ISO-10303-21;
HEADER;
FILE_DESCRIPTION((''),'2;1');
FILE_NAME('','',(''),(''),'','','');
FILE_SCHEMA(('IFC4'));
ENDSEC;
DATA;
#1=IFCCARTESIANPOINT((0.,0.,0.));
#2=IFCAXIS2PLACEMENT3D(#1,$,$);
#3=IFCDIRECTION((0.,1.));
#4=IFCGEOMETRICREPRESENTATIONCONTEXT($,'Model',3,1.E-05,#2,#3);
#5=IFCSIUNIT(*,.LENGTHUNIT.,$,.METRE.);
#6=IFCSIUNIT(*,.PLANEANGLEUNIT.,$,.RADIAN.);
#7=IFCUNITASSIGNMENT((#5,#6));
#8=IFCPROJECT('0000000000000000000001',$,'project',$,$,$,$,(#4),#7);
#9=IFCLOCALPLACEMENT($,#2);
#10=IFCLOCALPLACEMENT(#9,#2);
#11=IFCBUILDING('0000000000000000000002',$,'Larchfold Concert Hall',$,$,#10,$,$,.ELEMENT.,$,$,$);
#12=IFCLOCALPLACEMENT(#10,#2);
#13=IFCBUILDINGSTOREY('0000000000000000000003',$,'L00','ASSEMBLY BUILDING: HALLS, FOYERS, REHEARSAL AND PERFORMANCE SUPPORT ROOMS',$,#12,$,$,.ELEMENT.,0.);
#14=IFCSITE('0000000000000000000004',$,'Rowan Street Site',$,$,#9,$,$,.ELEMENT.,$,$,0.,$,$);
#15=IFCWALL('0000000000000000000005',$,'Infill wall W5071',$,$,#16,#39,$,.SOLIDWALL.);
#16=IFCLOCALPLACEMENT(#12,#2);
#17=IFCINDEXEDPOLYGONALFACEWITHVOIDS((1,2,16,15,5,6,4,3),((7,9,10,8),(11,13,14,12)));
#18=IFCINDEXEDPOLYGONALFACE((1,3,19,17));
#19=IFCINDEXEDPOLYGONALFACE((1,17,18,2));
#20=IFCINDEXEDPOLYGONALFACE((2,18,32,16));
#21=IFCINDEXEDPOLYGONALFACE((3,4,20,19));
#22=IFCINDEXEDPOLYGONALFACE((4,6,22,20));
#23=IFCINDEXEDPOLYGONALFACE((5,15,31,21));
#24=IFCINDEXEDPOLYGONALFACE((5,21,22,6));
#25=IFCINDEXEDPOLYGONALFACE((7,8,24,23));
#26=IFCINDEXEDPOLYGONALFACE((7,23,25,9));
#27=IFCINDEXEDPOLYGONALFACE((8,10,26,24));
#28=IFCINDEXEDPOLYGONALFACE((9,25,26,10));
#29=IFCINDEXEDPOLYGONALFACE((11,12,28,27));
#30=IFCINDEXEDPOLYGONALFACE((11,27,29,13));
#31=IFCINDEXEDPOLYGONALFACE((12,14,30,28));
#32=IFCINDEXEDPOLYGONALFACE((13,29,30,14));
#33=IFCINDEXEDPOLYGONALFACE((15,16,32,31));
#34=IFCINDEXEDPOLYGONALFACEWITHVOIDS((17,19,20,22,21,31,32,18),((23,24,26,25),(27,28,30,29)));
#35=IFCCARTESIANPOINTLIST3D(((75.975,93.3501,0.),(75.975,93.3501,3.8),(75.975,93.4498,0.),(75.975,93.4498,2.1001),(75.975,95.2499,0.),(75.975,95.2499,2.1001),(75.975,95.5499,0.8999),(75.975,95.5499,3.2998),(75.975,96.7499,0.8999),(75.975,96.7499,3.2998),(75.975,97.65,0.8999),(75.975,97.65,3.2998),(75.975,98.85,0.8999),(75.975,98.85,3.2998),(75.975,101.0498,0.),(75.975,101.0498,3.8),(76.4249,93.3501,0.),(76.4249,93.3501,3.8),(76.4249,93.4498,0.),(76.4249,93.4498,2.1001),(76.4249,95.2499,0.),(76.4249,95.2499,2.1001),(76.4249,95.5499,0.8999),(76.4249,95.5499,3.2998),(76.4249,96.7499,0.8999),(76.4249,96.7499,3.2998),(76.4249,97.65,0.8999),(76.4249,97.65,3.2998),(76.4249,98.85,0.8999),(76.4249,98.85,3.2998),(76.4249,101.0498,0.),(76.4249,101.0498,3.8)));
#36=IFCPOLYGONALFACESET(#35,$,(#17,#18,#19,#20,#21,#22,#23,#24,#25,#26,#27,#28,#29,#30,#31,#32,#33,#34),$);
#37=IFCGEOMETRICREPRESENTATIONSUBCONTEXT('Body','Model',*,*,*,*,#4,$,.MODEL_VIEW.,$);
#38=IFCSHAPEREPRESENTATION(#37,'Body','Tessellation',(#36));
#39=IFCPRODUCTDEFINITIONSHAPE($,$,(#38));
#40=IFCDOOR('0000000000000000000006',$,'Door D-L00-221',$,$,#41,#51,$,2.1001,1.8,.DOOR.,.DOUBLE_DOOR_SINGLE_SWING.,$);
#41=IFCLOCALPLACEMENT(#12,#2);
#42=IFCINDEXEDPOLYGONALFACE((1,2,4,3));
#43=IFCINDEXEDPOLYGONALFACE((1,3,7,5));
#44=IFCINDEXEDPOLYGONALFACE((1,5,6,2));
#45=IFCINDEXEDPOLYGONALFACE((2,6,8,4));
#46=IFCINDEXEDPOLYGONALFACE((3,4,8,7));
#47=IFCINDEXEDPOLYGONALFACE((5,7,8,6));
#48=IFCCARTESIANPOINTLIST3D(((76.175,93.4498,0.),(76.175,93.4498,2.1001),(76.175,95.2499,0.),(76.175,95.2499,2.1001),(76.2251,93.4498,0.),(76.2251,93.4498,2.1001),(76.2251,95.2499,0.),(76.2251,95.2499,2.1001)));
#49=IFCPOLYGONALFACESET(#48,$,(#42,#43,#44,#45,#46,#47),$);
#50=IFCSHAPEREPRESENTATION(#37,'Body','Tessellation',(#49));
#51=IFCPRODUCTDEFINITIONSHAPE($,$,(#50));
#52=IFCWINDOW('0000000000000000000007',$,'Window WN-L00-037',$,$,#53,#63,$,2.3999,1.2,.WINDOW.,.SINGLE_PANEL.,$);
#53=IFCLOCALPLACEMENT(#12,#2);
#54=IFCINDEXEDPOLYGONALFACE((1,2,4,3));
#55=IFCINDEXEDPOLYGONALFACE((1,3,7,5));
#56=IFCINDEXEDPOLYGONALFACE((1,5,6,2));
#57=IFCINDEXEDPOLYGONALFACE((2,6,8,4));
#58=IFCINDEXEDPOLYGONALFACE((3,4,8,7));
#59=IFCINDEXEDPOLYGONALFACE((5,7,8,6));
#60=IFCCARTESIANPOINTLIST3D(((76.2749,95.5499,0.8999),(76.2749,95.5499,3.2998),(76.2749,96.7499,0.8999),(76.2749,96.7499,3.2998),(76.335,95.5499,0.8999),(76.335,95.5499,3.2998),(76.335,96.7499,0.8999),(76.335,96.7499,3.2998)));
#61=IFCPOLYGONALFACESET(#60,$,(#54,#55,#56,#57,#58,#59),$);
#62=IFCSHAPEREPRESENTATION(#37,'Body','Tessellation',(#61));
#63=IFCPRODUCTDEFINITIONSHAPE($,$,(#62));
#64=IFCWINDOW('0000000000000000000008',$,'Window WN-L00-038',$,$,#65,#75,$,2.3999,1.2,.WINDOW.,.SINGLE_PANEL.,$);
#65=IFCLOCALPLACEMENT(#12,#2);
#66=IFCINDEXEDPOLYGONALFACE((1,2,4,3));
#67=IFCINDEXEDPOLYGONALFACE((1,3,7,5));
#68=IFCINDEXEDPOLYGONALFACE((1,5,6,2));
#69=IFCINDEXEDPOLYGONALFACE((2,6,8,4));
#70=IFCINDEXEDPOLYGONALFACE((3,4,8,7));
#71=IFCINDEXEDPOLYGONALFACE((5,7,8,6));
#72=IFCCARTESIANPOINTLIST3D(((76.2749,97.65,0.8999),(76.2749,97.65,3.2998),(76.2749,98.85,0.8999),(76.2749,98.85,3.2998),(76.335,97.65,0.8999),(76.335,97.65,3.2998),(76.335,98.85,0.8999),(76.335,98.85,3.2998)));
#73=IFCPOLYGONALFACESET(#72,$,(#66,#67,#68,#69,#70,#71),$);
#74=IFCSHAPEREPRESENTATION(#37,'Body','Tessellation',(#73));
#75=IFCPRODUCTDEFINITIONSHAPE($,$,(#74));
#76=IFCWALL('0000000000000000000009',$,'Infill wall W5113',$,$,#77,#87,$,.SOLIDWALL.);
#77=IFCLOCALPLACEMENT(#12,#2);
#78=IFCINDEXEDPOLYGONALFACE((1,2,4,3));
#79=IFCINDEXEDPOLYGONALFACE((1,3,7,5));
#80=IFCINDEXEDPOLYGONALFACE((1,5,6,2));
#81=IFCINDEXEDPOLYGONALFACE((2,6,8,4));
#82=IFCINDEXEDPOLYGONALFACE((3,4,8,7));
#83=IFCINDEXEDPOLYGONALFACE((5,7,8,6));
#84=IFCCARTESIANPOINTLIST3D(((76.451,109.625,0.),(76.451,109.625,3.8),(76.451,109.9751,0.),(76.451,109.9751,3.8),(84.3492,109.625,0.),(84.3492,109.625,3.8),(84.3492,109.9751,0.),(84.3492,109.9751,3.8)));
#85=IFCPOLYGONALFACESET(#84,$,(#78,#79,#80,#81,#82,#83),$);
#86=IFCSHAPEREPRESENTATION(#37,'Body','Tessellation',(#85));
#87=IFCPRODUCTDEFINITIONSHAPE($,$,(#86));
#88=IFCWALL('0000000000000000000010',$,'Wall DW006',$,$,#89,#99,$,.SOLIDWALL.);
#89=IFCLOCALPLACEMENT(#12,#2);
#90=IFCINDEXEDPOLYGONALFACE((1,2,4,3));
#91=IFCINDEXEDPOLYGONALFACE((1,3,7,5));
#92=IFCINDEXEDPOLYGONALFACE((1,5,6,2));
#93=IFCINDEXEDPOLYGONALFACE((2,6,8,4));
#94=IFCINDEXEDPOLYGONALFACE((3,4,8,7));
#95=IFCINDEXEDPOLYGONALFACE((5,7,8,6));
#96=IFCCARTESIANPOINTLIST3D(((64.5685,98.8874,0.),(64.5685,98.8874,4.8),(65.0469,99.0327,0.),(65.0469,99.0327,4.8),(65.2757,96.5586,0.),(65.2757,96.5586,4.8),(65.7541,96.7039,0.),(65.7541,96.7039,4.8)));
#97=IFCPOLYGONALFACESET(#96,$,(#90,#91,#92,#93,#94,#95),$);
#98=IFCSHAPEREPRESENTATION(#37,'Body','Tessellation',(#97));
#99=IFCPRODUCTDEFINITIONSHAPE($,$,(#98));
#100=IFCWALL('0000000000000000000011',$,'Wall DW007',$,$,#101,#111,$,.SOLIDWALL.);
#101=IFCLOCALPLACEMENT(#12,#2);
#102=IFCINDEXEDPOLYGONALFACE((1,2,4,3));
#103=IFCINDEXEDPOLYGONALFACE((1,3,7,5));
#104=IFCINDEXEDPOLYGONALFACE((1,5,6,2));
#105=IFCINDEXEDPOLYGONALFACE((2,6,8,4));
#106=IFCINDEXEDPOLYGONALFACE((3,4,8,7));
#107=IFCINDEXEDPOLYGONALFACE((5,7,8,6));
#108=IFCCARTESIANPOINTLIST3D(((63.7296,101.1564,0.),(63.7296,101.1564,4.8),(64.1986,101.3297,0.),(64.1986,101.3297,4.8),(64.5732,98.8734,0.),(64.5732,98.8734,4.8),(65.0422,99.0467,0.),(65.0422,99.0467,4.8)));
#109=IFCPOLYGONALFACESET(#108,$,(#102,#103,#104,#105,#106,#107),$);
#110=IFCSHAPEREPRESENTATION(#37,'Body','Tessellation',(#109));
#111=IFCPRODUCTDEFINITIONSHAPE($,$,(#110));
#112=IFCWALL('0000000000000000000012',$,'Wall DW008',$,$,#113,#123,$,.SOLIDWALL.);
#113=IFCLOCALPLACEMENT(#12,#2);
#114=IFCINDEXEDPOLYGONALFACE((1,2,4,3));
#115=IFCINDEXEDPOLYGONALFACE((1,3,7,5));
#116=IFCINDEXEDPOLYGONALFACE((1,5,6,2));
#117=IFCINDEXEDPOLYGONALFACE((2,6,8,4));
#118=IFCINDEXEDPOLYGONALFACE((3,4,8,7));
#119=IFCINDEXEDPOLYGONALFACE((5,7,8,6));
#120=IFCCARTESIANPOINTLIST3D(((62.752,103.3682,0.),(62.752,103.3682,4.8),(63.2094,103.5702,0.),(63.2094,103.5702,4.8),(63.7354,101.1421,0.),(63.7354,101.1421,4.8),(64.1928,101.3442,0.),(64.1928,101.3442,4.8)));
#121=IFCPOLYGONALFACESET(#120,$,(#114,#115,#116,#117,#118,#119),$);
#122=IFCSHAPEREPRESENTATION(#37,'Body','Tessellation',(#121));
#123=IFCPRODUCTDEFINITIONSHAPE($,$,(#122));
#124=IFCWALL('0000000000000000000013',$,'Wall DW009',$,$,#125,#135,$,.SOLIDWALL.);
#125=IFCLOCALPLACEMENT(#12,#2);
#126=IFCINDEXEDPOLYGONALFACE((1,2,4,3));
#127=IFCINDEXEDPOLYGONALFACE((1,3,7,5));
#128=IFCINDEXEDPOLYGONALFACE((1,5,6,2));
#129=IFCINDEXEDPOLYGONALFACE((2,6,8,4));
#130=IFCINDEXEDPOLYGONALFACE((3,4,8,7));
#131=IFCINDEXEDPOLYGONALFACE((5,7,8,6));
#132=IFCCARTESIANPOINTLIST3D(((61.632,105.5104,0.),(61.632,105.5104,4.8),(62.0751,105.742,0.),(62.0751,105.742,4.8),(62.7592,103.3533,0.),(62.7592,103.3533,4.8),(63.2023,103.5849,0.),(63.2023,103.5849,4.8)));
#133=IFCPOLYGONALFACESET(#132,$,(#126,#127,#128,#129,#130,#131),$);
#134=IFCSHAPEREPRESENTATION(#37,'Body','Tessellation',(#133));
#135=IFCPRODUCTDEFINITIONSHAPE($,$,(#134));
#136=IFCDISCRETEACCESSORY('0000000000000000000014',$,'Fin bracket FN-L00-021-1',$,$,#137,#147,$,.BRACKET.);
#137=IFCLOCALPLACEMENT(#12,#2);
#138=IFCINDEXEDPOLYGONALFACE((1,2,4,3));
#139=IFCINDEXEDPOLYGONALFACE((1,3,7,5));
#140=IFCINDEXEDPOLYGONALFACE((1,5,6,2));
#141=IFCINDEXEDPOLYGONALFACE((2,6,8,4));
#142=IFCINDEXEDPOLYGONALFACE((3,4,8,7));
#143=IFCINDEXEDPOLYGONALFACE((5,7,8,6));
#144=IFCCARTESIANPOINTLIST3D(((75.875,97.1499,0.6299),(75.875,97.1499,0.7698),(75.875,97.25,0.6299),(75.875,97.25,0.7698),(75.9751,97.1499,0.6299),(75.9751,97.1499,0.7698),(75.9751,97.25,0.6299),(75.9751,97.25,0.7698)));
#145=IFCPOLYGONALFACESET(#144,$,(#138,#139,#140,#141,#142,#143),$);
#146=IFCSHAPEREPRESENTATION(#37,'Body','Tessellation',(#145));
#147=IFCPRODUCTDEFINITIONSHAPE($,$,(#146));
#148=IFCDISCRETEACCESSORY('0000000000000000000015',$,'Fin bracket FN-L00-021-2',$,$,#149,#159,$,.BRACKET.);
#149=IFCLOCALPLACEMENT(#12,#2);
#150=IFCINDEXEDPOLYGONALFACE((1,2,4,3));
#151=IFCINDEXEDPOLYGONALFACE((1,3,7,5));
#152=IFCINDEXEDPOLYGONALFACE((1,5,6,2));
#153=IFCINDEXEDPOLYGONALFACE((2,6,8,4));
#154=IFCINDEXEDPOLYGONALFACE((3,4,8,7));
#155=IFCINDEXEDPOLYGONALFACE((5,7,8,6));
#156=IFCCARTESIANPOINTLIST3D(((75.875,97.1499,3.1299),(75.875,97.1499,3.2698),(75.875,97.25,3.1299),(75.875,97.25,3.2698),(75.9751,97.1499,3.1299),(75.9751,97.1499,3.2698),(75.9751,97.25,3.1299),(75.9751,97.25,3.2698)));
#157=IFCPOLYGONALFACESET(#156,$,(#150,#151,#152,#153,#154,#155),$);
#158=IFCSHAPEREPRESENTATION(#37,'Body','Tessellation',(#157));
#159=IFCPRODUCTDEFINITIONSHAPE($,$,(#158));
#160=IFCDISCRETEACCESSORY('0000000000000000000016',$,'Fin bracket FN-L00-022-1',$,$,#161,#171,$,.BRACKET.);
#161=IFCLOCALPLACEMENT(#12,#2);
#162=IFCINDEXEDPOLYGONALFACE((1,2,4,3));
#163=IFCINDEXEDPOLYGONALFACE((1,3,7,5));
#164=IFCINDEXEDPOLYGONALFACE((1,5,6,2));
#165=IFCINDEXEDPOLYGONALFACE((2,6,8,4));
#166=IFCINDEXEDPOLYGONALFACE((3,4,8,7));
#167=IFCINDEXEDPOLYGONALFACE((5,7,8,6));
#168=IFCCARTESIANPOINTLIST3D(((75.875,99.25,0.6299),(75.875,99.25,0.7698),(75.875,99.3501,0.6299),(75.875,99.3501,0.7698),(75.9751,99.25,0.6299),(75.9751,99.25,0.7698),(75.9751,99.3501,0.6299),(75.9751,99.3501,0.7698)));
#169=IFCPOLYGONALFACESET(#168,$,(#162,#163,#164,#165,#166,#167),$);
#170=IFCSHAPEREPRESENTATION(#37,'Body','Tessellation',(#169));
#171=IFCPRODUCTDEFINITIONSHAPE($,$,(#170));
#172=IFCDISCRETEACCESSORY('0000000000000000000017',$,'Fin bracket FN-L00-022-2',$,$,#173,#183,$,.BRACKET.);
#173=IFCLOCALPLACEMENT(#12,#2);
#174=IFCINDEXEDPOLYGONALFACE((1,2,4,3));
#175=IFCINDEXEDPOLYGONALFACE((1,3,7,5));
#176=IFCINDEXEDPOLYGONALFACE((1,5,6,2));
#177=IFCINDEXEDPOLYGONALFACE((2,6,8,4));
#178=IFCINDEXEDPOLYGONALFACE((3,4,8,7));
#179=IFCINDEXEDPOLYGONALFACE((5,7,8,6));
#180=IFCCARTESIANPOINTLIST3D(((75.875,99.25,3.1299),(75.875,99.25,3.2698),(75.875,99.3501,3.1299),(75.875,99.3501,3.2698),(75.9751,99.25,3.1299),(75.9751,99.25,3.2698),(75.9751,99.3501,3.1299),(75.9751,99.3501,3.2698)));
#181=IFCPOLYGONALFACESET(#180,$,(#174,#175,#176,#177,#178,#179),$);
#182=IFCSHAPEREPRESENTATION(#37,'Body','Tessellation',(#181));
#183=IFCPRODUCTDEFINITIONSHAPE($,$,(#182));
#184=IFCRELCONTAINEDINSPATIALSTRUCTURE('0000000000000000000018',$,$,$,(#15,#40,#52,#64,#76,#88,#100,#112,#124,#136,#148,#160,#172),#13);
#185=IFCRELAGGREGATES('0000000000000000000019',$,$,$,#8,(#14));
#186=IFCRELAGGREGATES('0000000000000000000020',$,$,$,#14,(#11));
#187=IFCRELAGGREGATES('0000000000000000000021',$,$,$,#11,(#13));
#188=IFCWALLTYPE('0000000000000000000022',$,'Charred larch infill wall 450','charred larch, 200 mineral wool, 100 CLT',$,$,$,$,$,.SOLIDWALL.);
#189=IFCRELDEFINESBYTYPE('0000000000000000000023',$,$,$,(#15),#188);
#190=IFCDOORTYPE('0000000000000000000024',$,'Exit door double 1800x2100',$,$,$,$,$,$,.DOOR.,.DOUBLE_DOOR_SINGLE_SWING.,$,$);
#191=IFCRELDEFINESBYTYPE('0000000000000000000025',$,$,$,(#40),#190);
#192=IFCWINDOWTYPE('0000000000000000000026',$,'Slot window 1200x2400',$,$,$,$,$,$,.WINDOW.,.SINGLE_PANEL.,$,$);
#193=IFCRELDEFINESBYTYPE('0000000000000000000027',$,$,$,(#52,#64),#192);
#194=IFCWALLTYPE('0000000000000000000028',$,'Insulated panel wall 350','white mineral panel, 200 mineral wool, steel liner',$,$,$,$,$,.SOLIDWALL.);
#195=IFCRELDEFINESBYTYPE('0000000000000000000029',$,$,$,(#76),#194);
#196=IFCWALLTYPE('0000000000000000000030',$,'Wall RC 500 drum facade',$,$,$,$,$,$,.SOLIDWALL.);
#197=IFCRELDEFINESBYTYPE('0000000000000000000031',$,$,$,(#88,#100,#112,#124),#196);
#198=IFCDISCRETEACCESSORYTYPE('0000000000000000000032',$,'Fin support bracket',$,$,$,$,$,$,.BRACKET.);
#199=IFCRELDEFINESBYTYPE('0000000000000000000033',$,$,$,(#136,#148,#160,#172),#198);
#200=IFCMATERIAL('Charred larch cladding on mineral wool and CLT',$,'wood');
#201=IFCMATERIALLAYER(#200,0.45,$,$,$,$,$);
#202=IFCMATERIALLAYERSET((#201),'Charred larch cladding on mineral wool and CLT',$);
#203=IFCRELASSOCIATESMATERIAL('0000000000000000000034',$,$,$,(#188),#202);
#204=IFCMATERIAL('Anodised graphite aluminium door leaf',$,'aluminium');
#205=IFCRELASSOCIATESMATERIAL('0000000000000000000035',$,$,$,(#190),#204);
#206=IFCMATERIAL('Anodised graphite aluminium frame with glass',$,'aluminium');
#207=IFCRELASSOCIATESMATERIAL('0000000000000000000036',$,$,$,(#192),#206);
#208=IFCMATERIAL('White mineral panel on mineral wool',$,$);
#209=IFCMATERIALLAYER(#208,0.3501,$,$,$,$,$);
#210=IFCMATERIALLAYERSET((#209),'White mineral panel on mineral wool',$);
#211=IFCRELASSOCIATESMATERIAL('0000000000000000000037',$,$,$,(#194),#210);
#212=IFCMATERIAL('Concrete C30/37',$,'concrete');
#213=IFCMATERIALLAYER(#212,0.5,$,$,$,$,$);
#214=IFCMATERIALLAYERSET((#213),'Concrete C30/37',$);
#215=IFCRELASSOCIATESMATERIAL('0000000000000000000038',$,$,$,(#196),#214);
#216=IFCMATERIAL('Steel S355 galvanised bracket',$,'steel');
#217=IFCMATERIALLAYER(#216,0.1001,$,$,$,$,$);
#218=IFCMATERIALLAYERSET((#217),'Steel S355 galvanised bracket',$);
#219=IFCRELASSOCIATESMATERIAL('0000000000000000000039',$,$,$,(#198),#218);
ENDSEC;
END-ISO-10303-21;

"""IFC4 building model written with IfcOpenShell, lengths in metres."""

from ifc_helpers import new_model, si_unit, direction, frame, frame_2d, origin, origin_2d, place, context, subcontext, project, spatial, rectangle, extrude, material, layer, layer_set, type_object, element, fill, save


model = new_model("IFC4")

# Units and contexts
model_context = context("Model", 3, precision=1e-05, world=origin(), true_north=direction((0.0, 1.0)))
body_context = subcontext(model_context, "Body", "Model", "MODEL_VIEW")
ifc_project = project(units=[si_unit("LENGTHUNIT", "METRE"), si_unit("PLANEANGLEUNIT", "RADIAN")], contexts=[model_context])

# Site, building, storey
site_placement = place(None, origin())
site = spatial("IfcSite", under=ifc_project, at=site_placement, Name="Rowan Street Site", CompositionType="ELEMENT", RefElevation=0.0)
building_placement = place(site_placement, origin())
building = spatial("IfcBuilding", under=site, at=building_placement, Name="Larchfold Concert Hall", CompositionType="ELEMENT")
storey_placement = place(building_placement, origin())
storey = spatial("IfcBuildingStorey", under=building, at=storey_placement, Name="L00", Description="ASSEMBLY BUILDING: HALLS, FOYERS, REHEARSAL AND PERFORMANCE SUPPORT ROOMS", CompositionType="ELEMENT", Elevation=0.0)

# Wall, openings, door, windows
ifc_material_1 = material(Name="Charred larch cladding on mineral wool and CLT", Category="wood")
ifc_layer_1 = layer(ifc_material_1, 0.45)
ifc_layer_set_1 = layer_set([ifc_layer_1], Name="Charred larch cladding on mineral wool and CLT")
wall_type_1 = type_object("IfcWallType", Name="Charred larch infill wall 450", Description="charred larch, 200 mineral wool, 100 CLT", PredefinedType="SOLIDWALL", material=ifc_layer_set_1)
wall_1_placement = place(storey_placement, frame((76.2, 101.0498, 0.0), z_axis=(0.0, 0.0, 1.0), x_axis=(0.0, -1.0, 0.0)))
wall_1 = element("IfcWall", 1, at=wall_1_placement, inside=storey, type_object=wall_type_1, Name="Infill wall W5071", PredefinedType="SOLIDWALL", context=body_context, shape_type="SweptSolid", body=[
    extrude(rectangle(XDim=7.6997, YDim=0.45, at=frame_2d((3.8499, 0.0))), origin(), (0.0, 0.0, 1.0), 3.8),
])
opening_1_placement = place(wall_1_placement, frame((7.5999, 0.0, 0.0), z_axis=(0.0, 0.0, 1.0), x_axis=(-1.0, 0.0, 0.0)))
opening_1 = element("IfcOpeningElement", 2, at=opening_1_placement, cuts=wall_1, PredefinedType="OPENING", context=body_context, shape_type="SweptSolid", body=[
    extrude(rectangle(XDim=1.8, YDim=2.1001, at=frame_2d((0.8999, 1.05))), frame((0.0, 0.2349, 0.0), z_axis=(0.0, -1.0, 0.0), x_axis=(1.0, 0.0, 0.0)), (0.0, 0.0, 1.0), 0.47),
])
opening_2_placement = place(wall_1_placement, frame((4.2998, 0.0, 0.8999)))
opening_2 = element("IfcOpeningElement", 3, at=opening_2_placement, cuts=wall_1, PredefinedType="OPENING", context=body_context, shape_type="SweptSolid", body=[
    extrude(rectangle(XDim=1.2, YDim=2.3999, at=frame_2d((0.6001, 1.2))), frame((0.0, 0.2349, 0.0), z_axis=(0.0, -1.0, 0.0), x_axis=(1.0, 0.0, 0.0)), (0.0, 0.0, 1.0), 0.47),
])
opening_3_placement = place(wall_1_placement, frame((2.1997, 0.0, 0.8999)))
opening_3 = element("IfcOpeningElement", 4, at=opening_3_placement, cuts=wall_1, PredefinedType="OPENING", context=body_context, shape_type="SweptSolid", body=[
    extrude(rectangle(XDim=1.2, YDim=2.3999, at=frame_2d((0.6001, 1.2))), frame((0.0, 0.2349, 0.0), z_axis=(0.0, -1.0, 0.0), x_axis=(1.0, 0.0, 0.0)), (0.0, 0.0, 1.0), 0.47),
])
ifc_material_2 = material(Name="Anodised graphite aluminium door leaf", Category="aluminium")
door_type = type_object("IfcDoorType", Name="Exit door double 1800x2100", OperationType="DOUBLE_DOOR_SINGLE_SWING", PredefinedType="DOOR", material=ifc_material_2)
door_placement = place(opening_1_placement, origin())
door = element("IfcDoor", 5, at=door_placement, inside=storey, type_object=door_type, Name="Door D-L00-221", OperationType="DOUBLE_DOOR_SINGLE_SWING", OverallHeight=2.1001, OverallWidth=1.8, PredefinedType="DOOR", context=body_context, shape_type="SweptSolid", body=[
    extrude(rectangle(XDim=1.8, YDim=2.1001, at=frame_2d((0.8999, 1.05))), frame((0.0, 0.0249, 0.0), z_axis=(0.0, -1.0, 0.0), x_axis=(1.0, 0.0, 0.0)), (0.0, 0.0, 1.0), 0.05),
])
fill(opening_1, door)
ifc_material_3 = material(Name="Anodised graphite aluminium frame with glass", Category="aluminium")
window_type = type_object("IfcWindowType", Name="Slot window 1200x2400", PartitioningType="SINGLE_PANEL", PredefinedType="WINDOW", material=ifc_material_3)
window_1_placement = place(opening_2_placement, origin())
window_1 = element("IfcWindow", 6, at=window_1_placement, inside=storey, type_object=window_type, Name="Window WN-L00-037", OverallHeight=2.3999, OverallWidth=1.2, PartitioningType="SINGLE_PANEL", PredefinedType="WINDOW", context=body_context, shape_type="SweptSolid", body=[
    extrude(rectangle(XDim=1.2, YDim=2.3999, at=frame_2d((0.6001, 1.2))), frame((0.0, 0.135, 0.0), z_axis=(0.0, -1.0, 0.0), x_axis=(1.0, 0.0, 0.0)), (0.0, 0.0, 1.0), 0.0601),
])
fill(opening_2, window_1)
window_2_placement = place(opening_3_placement, origin())
window_2 = element("IfcWindow", 7, at=window_2_placement, inside=storey, type_object=window_type, Name="Window WN-L00-038", OverallHeight=2.3999, OverallWidth=1.2, PartitioningType="SINGLE_PANEL", PredefinedType="WINDOW", context=body_context, shape_type="SweptSolid", body=[
    extrude(rectangle(XDim=1.2, YDim=2.3999, at=frame_2d((0.6001, 1.2))), frame((0.0, 0.135, 0.0), z_axis=(0.0, -1.0, 0.0), x_axis=(1.0, 0.0, 0.0)), (0.0, 0.0, 1.0), 0.0601),
])
fill(opening_3, window_2)

# Walls
ifc_material_4 = material(Name="White mineral panel on mineral wool")
ifc_layer_2 = layer(ifc_material_4, 0.3501)
ifc_layer_set_2 = layer_set([ifc_layer_2], Name="White mineral panel on mineral wool")
wall_type_2 = type_object("IfcWallType", Name="Insulated panel wall 350", Description="white mineral panel, 200 mineral wool, steel liner", PredefinedType="SOLIDWALL", material=ifc_layer_set_2)
wall_2_placement = place(storey_placement, frame((76.4509, 109.8, 0.0), z_axis=(0.0, 0.0, 1.0), x_axis=(1.0, 0.0, 0.0)))
element("IfcWall", 8, at=wall_2_placement, inside=storey, type_object=wall_type_2, Name="Infill wall W5113", PredefinedType="SOLIDWALL", context=body_context, shape_type="SweptSolid", body=[
    extrude(rectangle(XDim=7.8982, YDim=0.3501, at=frame_2d((3.9492, 0.0))), origin(), (0.0, 0.0, 1.0), 3.8),
])
ifc_material_5 = material(Name="Concrete C30/37", Category="concrete")
ifc_layer_3 = layer(ifc_material_5, 0.5)
ifc_layer_set_3 = layer_set([ifc_layer_3], Name="Concrete C30/37")
wall_type_3 = type_object("IfcWallType", Name="Wall RC 500 drum facade", PredefinedType="SOLIDWALL", material=ifc_layer_set_3)
for number, where, z_axis, x_axis, name in (
    (9, (65.5149, 96.6313, 0.0), (0.0, 0.0, 1.0), (-0.290595, 0.956846, 0.0), "Wall DW006"),
    (10, (64.8076, 98.9602, 0.0), (0.0, 0.0, 1.0), (-0.346579, 0.938021, 0.0), "Wall DW007"),
):
    element("IfcWall", number, at=place(storey_placement, frame(where, z_axis=z_axis, x_axis=x_axis)), inside=storey, type_object=wall_type_3, Name=name, PredefinedType="SOLIDWALL", context=body_context, shape_type="SweptSolid", body=[
        extrude(rectangle(XDim=2.4338, YDim=0.5, at=frame_2d((1.2168, 0.0))), origin(), (0.0, 0.0, 1.0), 4.8),
    ])
wall_3_placement = place(storey_placement, frame((63.9641, 101.2432, 0.0), z_axis=(0.0, 0.0, 1.0), x_axis=(-0.40409, 0.914719, 0.0)))
element("IfcWall", 11, at=wall_3_placement, inside=storey, type_object=wall_type_3, Name="Wall DW008", PredefinedType="SOLIDWALL", context=body_context, shape_type="SweptSolid", body=[
    extrude(rectangle(XDim=2.4336, YDim=0.5, at=frame_2d((1.2168, 0.0))), origin(), (0.0, 0.0, 1.0), 4.8),
])
wall_4_placement = place(storey_placement, frame((62.9807, 103.4692, 0.0), z_axis=(0.0, 0.0, 1.0), x_axis=(-0.463152, 0.886279, 0.0)))
element("IfcWall", 12, at=wall_4_placement, inside=storey, type_object=wall_type_3, Name="Wall DW009", PredefinedType="SOLIDWALL", context=body_context, shape_type="SweptSolid", body=[
    extrude(rectangle(XDim=2.4338, YDim=0.5, at=frame_2d((1.2168, 0.0))), origin(), (0.0, 0.0, 1.0), 4.8),
])

# Discrete accessories
ifc_material_6 = material(Name="Steel S355 galvanised bracket", Category="steel")
ifc_layer_4 = layer(ifc_material_6, 0.1001)
ifc_layer_set_4 = layer_set([ifc_layer_4], Name="Steel S355 galvanised bracket")
discrete_accessory_type = type_object("IfcDiscreteAccessoryType", Name="Fin support bracket", PredefinedType="BRACKET", material=ifc_layer_set_4)
for number, where, z_axis, x_axis, name in (
    (13, (75.925, 97.2, 0.6299), (0.0, 0.0, 1.0), (-1.0, 0.0, 0.0), "Fin bracket FN-L00-021-1"),
    (14, (75.925, 97.2, 3.1299), (0.0, 0.0, 1.0), (-1.0, 0.0, 0.0), "Fin bracket FN-L00-021-2"),
    (15, (75.925, 99.3, 0.6299), (0.0, 0.0, 1.0), (-1.0, 0.0, 0.0), "Fin bracket FN-L00-022-1"),
    (16, (75.925, 99.3, 3.1299), (0.0, 0.0, 1.0), (-1.0, 0.0, 0.0), "Fin bracket FN-L00-022-2"),
):
    element("IfcDiscreteAccessory", number, at=place(storey_placement, frame(where, z_axis=z_axis, x_axis=x_axis)), inside=storey, type_object=discrete_accessory_type, Name=name, PredefinedType="BRACKET", context=body_context, shape_type="SweptSolid", body=[
        extrude(rectangle(XDim=0.1001, YDim=0.1001, at=origin_2d()), origin(), (0.0, 0.0, 1.0), 0.1399),
    ])

save(model, "model.ifc")
